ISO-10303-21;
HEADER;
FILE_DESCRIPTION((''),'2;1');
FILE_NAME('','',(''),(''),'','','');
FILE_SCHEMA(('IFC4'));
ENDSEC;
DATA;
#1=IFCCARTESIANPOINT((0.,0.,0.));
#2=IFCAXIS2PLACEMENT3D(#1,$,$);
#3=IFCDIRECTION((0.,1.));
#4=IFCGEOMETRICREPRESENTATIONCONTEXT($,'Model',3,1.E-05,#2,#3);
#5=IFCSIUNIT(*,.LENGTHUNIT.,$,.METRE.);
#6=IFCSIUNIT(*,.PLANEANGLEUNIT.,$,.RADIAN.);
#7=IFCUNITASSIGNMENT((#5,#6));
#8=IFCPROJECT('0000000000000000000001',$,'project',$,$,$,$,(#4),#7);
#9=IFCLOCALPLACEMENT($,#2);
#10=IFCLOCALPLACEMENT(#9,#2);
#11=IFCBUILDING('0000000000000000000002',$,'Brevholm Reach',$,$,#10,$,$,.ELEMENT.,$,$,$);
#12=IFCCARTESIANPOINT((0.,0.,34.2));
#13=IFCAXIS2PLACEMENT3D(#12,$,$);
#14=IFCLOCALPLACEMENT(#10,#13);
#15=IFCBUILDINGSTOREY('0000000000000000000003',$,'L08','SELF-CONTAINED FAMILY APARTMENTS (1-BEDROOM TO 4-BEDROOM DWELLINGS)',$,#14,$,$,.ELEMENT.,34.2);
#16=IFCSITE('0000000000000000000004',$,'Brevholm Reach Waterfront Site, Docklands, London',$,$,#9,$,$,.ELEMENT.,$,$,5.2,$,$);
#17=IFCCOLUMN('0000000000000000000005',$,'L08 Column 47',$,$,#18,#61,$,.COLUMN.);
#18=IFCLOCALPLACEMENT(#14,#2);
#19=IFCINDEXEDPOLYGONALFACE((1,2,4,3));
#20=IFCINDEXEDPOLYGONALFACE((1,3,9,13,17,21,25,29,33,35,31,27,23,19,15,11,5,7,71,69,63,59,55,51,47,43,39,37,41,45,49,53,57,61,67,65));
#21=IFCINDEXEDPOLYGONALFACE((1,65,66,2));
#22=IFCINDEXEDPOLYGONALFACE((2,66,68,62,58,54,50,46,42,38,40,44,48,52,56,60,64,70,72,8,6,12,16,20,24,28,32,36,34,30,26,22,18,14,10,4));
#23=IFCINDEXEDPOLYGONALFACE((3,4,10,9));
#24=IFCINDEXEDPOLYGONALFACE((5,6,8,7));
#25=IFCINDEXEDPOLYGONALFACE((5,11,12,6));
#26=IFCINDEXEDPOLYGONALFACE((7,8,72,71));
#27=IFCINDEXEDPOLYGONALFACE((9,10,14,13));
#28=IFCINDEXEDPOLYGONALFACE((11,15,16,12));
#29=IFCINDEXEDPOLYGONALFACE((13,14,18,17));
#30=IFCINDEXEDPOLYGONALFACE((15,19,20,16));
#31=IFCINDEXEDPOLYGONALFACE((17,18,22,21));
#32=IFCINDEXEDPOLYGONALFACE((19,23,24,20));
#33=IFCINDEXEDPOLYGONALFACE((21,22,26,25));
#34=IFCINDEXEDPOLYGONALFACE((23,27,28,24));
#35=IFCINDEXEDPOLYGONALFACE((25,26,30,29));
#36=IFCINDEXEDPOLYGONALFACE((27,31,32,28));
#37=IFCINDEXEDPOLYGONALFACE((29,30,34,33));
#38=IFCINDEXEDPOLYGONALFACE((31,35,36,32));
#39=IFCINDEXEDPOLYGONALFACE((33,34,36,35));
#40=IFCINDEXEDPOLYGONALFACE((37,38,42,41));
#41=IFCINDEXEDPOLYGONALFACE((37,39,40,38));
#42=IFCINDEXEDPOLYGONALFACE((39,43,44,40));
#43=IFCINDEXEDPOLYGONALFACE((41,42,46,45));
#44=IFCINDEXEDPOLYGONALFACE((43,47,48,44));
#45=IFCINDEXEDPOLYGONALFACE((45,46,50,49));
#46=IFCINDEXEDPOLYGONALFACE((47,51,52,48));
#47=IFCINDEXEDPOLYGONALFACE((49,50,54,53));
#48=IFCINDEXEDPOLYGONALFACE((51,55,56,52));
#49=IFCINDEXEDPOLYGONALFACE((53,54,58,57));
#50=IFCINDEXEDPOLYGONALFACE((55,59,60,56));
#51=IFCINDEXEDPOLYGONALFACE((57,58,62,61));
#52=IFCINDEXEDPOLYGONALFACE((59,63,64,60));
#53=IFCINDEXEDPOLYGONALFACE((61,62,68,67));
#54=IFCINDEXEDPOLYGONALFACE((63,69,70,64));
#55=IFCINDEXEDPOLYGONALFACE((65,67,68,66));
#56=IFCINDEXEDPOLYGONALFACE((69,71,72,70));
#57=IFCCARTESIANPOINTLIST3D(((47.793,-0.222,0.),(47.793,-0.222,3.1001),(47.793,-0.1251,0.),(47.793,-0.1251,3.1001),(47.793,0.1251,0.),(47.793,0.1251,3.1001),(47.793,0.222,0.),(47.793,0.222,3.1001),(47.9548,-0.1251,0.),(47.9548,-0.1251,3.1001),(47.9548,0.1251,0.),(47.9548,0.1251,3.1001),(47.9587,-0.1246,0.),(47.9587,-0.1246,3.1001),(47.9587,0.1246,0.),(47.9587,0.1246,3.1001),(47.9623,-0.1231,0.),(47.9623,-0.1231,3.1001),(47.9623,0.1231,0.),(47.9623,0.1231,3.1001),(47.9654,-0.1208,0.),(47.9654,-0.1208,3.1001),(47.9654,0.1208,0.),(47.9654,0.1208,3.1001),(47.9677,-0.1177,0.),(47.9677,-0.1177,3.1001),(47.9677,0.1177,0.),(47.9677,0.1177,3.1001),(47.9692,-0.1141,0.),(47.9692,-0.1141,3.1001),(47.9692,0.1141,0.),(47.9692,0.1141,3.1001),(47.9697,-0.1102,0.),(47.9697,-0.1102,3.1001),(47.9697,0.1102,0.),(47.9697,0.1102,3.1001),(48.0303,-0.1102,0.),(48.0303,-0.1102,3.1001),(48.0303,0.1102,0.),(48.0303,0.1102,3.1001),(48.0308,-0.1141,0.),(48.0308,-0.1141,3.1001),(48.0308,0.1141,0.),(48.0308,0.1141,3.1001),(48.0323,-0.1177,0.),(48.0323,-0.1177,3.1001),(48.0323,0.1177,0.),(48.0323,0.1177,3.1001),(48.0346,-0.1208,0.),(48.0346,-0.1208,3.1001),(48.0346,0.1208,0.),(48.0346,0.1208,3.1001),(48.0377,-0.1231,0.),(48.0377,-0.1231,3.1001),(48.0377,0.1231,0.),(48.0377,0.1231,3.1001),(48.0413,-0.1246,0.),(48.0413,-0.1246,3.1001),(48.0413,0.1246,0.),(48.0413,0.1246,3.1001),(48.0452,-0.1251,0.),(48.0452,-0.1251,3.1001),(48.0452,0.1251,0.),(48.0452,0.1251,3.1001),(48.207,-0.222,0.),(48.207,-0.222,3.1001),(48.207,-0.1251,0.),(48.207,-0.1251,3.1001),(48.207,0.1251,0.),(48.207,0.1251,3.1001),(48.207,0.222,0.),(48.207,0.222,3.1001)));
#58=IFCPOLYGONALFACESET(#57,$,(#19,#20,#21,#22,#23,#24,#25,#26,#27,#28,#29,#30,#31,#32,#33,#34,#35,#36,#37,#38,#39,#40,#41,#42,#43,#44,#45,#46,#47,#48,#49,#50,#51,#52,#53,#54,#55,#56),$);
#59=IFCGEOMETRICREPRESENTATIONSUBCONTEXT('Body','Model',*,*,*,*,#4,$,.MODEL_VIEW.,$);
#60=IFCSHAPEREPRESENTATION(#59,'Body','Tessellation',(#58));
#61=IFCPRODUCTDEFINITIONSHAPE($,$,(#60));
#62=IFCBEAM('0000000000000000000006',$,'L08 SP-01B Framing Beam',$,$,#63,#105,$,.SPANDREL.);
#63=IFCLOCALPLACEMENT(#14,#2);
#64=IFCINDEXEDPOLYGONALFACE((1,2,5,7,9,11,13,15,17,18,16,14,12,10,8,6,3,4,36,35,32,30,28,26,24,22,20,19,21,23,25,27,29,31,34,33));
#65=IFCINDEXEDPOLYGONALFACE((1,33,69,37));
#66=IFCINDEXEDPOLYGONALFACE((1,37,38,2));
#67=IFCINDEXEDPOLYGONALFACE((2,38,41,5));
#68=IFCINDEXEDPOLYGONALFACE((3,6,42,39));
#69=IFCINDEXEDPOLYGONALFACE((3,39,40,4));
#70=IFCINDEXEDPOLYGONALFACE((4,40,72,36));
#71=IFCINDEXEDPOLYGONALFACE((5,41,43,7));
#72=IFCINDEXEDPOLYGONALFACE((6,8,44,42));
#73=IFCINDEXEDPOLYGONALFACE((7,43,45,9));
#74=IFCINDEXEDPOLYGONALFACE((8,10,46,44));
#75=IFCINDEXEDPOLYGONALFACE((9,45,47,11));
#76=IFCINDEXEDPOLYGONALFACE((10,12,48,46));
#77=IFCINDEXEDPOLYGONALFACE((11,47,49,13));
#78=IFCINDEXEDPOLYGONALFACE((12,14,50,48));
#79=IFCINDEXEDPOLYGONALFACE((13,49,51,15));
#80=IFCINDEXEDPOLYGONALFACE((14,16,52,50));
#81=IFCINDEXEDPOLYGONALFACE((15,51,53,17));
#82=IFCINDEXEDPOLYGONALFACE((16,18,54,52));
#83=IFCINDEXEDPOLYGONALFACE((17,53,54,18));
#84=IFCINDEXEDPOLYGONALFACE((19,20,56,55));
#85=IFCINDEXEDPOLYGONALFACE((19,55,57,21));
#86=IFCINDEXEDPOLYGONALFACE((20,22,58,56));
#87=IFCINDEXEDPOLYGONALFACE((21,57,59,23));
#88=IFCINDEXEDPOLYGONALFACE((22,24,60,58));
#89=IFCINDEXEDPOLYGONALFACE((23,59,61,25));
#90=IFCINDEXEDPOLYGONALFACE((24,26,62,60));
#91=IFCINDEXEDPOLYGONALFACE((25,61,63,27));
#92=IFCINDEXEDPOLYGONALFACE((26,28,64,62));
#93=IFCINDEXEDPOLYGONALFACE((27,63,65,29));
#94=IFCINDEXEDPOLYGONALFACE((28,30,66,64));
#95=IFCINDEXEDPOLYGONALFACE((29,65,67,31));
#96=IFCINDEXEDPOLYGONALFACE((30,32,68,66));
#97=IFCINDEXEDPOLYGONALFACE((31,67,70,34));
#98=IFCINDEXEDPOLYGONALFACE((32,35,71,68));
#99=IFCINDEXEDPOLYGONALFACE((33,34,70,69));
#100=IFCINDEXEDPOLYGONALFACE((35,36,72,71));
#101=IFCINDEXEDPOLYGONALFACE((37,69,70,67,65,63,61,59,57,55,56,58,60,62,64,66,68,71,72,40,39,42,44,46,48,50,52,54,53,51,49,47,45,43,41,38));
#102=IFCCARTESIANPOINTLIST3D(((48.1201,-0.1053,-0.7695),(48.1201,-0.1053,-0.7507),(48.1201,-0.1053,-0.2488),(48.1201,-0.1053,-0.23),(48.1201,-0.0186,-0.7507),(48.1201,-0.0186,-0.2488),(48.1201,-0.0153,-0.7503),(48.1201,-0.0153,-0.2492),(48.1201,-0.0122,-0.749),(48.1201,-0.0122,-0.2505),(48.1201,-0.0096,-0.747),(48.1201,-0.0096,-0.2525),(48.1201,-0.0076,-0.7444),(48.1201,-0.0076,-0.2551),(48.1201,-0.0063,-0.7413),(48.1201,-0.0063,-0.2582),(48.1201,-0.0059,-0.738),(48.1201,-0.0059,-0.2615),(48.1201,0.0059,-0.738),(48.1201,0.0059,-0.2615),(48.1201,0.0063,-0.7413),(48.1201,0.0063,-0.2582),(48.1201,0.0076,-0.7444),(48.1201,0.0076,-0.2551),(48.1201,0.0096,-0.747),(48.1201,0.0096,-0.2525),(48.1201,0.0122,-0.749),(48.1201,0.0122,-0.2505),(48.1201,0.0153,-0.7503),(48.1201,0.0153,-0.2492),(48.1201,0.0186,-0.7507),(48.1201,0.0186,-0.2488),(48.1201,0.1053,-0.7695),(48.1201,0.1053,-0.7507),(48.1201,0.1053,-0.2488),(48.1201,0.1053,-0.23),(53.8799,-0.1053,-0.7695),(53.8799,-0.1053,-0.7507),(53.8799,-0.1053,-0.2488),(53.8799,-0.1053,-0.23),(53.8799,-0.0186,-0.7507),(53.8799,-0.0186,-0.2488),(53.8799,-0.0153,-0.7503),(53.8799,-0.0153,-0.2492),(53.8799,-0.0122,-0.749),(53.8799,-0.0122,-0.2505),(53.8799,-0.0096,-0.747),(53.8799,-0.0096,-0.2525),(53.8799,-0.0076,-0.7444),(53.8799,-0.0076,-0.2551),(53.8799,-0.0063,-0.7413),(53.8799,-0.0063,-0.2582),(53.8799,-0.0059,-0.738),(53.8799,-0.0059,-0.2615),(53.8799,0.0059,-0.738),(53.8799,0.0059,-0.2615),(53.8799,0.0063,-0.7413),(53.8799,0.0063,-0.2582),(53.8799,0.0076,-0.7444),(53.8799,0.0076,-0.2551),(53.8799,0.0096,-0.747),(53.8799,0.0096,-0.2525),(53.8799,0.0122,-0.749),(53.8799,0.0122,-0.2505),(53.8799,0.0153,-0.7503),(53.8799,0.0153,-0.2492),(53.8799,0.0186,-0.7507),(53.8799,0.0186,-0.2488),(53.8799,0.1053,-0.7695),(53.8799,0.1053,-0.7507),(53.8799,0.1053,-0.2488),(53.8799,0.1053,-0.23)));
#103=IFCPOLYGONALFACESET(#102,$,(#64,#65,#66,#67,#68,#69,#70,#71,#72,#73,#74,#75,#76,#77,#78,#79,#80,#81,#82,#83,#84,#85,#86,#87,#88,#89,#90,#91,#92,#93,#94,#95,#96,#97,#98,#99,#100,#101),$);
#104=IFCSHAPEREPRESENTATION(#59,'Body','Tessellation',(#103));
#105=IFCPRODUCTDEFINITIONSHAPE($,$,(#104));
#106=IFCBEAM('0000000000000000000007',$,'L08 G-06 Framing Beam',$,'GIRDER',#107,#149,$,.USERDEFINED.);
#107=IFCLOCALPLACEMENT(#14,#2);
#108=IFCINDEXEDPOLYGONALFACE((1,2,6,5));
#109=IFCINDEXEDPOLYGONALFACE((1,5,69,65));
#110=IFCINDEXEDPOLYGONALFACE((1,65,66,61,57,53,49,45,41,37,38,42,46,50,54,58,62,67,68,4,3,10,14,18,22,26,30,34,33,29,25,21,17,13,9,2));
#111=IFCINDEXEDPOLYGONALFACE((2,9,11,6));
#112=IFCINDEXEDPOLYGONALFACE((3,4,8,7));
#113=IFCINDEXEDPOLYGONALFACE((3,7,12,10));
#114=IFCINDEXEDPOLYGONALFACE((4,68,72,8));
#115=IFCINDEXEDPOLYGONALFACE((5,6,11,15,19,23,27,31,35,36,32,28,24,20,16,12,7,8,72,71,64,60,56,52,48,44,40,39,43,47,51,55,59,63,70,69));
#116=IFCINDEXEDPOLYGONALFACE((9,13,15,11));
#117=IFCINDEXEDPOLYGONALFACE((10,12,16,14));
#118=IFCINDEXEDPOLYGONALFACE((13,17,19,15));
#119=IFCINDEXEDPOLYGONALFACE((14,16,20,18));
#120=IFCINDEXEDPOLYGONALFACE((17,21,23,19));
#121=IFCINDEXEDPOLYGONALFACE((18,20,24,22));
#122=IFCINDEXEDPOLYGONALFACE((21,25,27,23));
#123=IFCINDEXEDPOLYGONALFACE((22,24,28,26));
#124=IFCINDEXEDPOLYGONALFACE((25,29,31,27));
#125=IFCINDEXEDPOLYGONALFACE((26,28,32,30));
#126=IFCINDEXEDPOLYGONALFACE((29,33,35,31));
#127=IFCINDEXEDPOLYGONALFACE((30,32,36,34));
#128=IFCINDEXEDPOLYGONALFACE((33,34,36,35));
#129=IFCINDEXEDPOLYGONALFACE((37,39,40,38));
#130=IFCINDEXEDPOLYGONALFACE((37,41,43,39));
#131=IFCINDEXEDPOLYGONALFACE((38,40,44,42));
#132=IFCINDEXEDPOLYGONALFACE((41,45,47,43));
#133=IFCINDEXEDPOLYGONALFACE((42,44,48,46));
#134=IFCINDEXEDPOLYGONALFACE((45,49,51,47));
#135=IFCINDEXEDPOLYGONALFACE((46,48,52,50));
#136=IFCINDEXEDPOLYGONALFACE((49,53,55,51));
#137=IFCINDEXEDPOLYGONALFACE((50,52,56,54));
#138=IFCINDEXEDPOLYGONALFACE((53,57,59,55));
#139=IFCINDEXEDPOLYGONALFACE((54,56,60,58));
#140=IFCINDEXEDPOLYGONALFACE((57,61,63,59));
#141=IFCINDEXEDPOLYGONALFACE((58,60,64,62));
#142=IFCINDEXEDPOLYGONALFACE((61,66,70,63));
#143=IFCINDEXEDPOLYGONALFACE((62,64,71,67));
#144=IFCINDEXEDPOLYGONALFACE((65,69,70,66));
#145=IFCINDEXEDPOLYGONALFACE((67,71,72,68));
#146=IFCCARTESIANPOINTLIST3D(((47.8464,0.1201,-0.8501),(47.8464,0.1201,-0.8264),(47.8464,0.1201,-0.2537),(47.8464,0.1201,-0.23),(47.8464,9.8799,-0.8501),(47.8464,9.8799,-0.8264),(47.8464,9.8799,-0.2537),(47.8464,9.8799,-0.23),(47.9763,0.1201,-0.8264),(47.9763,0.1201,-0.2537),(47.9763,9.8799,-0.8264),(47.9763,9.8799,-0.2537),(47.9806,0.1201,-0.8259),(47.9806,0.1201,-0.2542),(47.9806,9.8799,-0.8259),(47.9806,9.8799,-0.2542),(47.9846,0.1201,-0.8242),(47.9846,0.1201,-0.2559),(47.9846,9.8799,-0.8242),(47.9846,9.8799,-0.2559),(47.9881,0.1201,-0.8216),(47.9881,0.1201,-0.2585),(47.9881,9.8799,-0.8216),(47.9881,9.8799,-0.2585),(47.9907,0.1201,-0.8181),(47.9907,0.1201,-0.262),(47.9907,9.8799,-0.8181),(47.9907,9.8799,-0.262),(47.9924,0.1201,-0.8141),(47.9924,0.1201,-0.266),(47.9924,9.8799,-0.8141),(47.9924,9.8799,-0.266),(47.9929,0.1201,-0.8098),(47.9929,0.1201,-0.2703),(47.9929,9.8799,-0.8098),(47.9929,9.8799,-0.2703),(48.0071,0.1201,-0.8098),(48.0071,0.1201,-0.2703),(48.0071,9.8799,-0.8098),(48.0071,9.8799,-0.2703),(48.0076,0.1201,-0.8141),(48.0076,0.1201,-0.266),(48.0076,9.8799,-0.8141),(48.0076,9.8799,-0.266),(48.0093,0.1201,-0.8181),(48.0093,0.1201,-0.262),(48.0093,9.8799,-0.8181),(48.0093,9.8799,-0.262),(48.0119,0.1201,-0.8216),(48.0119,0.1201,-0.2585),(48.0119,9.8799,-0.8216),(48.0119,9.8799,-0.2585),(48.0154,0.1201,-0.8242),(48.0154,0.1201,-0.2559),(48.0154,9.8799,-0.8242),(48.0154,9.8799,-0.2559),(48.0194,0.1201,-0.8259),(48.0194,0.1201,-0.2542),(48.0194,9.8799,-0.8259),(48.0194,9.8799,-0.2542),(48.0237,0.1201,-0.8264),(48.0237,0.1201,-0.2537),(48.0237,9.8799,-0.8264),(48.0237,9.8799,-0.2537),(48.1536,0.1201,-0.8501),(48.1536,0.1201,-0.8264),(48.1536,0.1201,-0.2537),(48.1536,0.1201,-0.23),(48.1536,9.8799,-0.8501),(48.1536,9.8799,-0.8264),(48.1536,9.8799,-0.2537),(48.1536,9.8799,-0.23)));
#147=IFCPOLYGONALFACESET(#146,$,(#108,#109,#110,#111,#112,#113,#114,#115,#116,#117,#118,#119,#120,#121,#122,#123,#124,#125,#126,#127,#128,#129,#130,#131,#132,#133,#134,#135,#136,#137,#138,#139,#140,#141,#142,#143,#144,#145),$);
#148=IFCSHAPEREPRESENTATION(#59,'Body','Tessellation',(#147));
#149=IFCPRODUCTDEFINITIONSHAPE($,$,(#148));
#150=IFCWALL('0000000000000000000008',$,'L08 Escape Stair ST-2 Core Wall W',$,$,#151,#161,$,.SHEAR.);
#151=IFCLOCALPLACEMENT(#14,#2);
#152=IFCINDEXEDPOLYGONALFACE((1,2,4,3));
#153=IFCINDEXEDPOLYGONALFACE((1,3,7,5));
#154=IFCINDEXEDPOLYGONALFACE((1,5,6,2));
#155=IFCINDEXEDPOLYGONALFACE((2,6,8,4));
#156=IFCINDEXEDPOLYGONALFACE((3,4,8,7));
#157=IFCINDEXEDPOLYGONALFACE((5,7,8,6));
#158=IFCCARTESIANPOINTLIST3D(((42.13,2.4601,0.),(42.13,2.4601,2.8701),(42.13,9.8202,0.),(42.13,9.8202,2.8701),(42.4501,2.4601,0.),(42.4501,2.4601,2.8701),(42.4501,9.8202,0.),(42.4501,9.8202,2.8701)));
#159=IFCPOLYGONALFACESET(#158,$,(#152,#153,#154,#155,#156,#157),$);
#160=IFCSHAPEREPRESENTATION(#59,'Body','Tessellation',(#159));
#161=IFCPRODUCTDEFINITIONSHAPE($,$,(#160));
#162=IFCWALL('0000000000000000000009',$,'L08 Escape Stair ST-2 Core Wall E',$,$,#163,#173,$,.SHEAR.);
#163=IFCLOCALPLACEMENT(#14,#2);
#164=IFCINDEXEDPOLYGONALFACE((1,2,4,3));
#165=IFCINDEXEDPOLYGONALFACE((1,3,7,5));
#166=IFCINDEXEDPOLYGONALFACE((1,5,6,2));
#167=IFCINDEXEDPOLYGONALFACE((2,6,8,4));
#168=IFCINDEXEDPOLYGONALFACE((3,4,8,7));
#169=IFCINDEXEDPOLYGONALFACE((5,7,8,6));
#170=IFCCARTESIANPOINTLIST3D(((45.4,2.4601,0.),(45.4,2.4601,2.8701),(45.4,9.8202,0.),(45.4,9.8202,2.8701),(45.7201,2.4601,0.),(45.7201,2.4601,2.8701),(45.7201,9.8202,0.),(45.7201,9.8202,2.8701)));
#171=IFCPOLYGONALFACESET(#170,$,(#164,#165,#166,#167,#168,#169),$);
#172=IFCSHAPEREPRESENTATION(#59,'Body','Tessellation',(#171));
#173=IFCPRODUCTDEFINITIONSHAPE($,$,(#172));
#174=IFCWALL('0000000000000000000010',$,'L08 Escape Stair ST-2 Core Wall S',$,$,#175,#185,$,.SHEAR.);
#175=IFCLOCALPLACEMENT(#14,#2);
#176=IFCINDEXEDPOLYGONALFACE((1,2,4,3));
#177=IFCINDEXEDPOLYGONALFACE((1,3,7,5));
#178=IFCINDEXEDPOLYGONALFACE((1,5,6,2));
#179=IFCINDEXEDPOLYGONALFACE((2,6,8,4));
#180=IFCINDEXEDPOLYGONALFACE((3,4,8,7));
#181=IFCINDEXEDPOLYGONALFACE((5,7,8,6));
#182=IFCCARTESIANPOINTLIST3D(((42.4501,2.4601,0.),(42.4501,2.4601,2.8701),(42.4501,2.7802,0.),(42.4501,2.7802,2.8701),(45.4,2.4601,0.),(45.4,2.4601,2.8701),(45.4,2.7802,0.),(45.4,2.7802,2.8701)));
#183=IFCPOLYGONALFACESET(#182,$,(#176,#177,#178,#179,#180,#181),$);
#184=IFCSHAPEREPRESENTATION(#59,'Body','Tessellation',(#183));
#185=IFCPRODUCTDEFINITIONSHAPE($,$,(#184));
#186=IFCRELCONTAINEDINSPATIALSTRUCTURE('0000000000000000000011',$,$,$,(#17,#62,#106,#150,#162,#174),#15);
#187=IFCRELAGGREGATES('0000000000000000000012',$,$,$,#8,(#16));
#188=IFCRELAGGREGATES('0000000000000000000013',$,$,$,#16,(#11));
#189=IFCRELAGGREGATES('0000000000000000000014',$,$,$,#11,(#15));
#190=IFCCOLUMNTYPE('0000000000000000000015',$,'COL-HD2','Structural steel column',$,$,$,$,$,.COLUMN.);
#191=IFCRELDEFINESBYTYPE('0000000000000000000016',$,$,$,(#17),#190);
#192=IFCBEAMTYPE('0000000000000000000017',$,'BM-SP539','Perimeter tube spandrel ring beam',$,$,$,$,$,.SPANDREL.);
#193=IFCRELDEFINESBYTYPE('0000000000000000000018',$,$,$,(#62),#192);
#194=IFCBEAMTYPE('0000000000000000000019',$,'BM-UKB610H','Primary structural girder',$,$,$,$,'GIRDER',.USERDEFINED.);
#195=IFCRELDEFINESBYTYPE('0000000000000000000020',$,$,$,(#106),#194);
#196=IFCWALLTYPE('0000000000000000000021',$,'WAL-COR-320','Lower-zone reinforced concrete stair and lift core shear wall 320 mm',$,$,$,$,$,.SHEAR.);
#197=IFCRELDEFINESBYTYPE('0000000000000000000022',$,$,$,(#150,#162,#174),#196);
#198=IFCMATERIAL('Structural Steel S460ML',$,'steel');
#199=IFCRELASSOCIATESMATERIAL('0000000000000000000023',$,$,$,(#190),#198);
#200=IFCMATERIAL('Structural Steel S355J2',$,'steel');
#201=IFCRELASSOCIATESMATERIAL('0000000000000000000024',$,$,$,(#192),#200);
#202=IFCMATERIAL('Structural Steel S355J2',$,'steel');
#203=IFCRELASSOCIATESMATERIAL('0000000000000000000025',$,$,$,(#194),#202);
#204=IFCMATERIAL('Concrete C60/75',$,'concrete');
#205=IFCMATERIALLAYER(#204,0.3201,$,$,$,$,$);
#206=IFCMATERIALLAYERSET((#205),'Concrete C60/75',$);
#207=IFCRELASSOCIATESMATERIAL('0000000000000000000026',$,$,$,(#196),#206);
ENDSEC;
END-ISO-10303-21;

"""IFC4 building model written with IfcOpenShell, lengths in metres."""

from ifc_helpers import new_model, si_unit, direction, frame, frame_2d, origin, origin_2d, place, context, subcontext, project, spatial, rectangle, i_section, extrude, material, layer, layer_set, material_profile, profile_set, type_object, element, save


model = new_model("IFC4")

# Units and contexts
model_context = context("Model", 3, precision=1e-05, world=origin(), true_north=direction((0.0, 1.0)))
body_context = subcontext(model_context, "Body", "Model", "MODEL_VIEW")
ifc_project = project(units=[si_unit("LENGTHUNIT", "METRE"), si_unit("PLANEANGLEUNIT", "RADIAN")], contexts=[model_context])

# Site, building, storey
site_placement = place(None, origin())
site = spatial("IfcSite", under=ifc_project, at=site_placement, Name="Brevholm Reach Waterfront Site, Docklands, London", CompositionType="ELEMENT", RefElevation=5.2)
building_placement = place(site_placement, origin())
building = spatial("IfcBuilding", under=site, at=building_placement, Name="Brevholm Reach", CompositionType="ELEMENT")
storey_placement = place(building_placement, frame((0.0, 0.0, 34.2)))
storey = spatial("IfcBuildingStorey", under=building, at=storey_placement, Name="L08", Description="SELF-CONTAINED FAMILY APARTMENTS (1-BEDROOM TO 4-BEDROOM DWELLINGS)", CompositionType="ELEMENT", Elevation=34.2)

# Column
ifc_material_1 = material(Name="Structural Steel S460ML", Category="steel")
ifc_material_profile_1 = material_profile(ifc_material_1, i_section(OverallWidth=0.4141, OverallDepth=0.4441, WebThickness=0.0605, FlangeThickness=0.0969, FilletRadius=0.0149, at=origin_2d()), Name="HD 400x818")
ifc_profile_set_1 = profile_set([ifc_material_profile_1], Name="Structural Steel S460ML")
column_type = type_object("IfcColumnType", Name="COL-HD2", Description="Structural steel column", PredefinedType="COLUMN", material=ifc_profile_set_1)
column_placement = place(storey_placement, frame((48.0, 0.0, 0.0), z_axis=(0.0, 0.0, 1.0), x_axis=(1.0, 0.0, 0.0)))
element("IfcColumn", 1, at=column_placement, inside=storey, type_object=column_type, Name="L08 Column 47", PredefinedType="COLUMN", context=body_context, shape_type="SweptSolid", body=[
    extrude(i_section(OverallWidth=0.4141, OverallDepth=0.4441, WebThickness=0.0605, FlangeThickness=0.0969, FilletRadius=0.0149, at=origin_2d()), origin(), (0.0, 0.0, 1.0), 3.1001),
])

# Beams
ifc_material_2 = material(Name="Structural Steel S355J2", Category="steel")
ifc_material_profile_2 = material_profile(ifc_material_2, i_section(OverallWidth=0.2107, OverallDepth=0.5396, WebThickness=0.0117, FlangeThickness=0.0188, FilletRadius=0.0127, at=origin_2d()), Name="UKB 533x210x109")
ifc_profile_set_2 = profile_set([ifc_material_profile_2], Name="Structural Steel S355J2")
beam_type_1 = type_object("IfcBeamType", Name="BM-SP539", Description="Perimeter tube spandrel ring beam", PredefinedType="SPANDREL", material=ifc_profile_set_2)
beam_1_placement = place(storey_placement, frame((48.1201, 0.0, -0.4998), z_axis=(1.0, 0.0, 0.0), x_axis=(0.0, 1.0, 0.0)))
element("IfcBeam", 2, at=beam_1_placement, inside=storey, type_object=beam_type_1, Name="L08 SP-01B Framing Beam", PredefinedType="SPANDREL", context=body_context, shape_type="SweptSolid", body=[
    extrude(i_section(OverallWidth=0.2107, OverallDepth=0.5396, WebThickness=0.0117, FlangeThickness=0.0188, FilletRadius=0.0127, at=origin_2d()), origin(), (0.0, 0.0, 1.0), 5.7598),
])
ifc_material_3 = material(Name="Structural Steel S355J2", Category="steel")
ifc_material_profile_3 = material_profile(ifc_material_3, i_section(OverallWidth=0.3071, OverallDepth=0.6201, WebThickness=0.0142, FlangeThickness=0.0237, FilletRadius=0.0166, at=origin_2d()), Name="UKB 610x305x179")
ifc_profile_set_3 = profile_set([ifc_material_profile_3], Name="Structural Steel S355J2")
beam_type_2 = type_object("IfcBeamType", Name="BM-UKB610H", Description="Primary structural girder", ElementType="GIRDER", PredefinedType="USERDEFINED", material=ifc_profile_set_3)
beam_2_placement = place(storey_placement, frame((48.0, 0.1201, -0.54), z_axis=(0.0, 1.0, 0.0), x_axis=(-1.0, 0.0, 0.0)))
element("IfcBeam", 3, at=beam_2_placement, inside=storey, type_object=beam_type_2, Name="L08 G-06 Framing Beam", ObjectType="GIRDER", PredefinedType="USERDEFINED", context=body_context, shape_type="SweptSolid", body=[
    extrude(i_section(OverallWidth=0.3071, OverallDepth=0.6201, WebThickness=0.0142, FlangeThickness=0.0237, FilletRadius=0.0166, at=origin_2d()), origin(), (0.0, 0.0, 1.0), 9.7598),
])

# Walls
ifc_material_4 = material(Name="Concrete C60/75", Category="concrete")
ifc_layer_1 = layer(ifc_material_4, 0.3201)
ifc_layer_set_1 = layer_set([ifc_layer_1], Name="Concrete C60/75")
wall_type = type_object("IfcWallType", Name="WAL-COR-320", Description="Lower-zone reinforced concrete stair and lift core shear wall 320 mm", PredefinedType="SHEAR", material=ifc_layer_set_1)
for number, where, z_axis, x_axis, name in (
    (4, (42.29, 2.46, 0.0), (0.0, 0.0, 1.0), (0.0, 1.0, 0.0), "L08 Escape Stair ST-2 Core Wall W"),
    (5, (45.5601, 2.46, 0.0), (0.0, 0.0, 1.0), (0.0, 1.0, 0.0), "L08 Escape Stair ST-2 Core Wall E"),
):
    element("IfcWall", number, at=place(storey_placement, frame(where, z_axis=z_axis, x_axis=x_axis)), inside=storey, type_object=wall_type, Name=name, PredefinedType="SHEAR", context=body_context, shape_type="SweptSolid", body=[
        extrude(rectangle(XDim=7.3601, YDim=0.3201, at=frame_2d((3.6802, 0.0))), origin(), (0.0, 0.0, 1.0), 2.8701),
    ])
wall_1_placement = place(storey_placement, frame((42.45, 2.6201, 0.0), z_axis=(0.0, 0.0, 1.0), x_axis=(1.0, 0.0, 0.0)))
element("IfcWall", 6, at=wall_1_placement, inside=storey, type_object=wall_type, Name="L08 Escape Stair ST-2 Core Wall S", PredefinedType="SHEAR", context=body_context, shape_type="SweptSolid", body=[
    extrude(rectangle(XDim=2.95, YDim=0.3201, at=frame_2d((1.4751, 0.0))), origin(), (0.0, 0.0, 1.0), 2.8701),
])

save(model, "model.ifc")
